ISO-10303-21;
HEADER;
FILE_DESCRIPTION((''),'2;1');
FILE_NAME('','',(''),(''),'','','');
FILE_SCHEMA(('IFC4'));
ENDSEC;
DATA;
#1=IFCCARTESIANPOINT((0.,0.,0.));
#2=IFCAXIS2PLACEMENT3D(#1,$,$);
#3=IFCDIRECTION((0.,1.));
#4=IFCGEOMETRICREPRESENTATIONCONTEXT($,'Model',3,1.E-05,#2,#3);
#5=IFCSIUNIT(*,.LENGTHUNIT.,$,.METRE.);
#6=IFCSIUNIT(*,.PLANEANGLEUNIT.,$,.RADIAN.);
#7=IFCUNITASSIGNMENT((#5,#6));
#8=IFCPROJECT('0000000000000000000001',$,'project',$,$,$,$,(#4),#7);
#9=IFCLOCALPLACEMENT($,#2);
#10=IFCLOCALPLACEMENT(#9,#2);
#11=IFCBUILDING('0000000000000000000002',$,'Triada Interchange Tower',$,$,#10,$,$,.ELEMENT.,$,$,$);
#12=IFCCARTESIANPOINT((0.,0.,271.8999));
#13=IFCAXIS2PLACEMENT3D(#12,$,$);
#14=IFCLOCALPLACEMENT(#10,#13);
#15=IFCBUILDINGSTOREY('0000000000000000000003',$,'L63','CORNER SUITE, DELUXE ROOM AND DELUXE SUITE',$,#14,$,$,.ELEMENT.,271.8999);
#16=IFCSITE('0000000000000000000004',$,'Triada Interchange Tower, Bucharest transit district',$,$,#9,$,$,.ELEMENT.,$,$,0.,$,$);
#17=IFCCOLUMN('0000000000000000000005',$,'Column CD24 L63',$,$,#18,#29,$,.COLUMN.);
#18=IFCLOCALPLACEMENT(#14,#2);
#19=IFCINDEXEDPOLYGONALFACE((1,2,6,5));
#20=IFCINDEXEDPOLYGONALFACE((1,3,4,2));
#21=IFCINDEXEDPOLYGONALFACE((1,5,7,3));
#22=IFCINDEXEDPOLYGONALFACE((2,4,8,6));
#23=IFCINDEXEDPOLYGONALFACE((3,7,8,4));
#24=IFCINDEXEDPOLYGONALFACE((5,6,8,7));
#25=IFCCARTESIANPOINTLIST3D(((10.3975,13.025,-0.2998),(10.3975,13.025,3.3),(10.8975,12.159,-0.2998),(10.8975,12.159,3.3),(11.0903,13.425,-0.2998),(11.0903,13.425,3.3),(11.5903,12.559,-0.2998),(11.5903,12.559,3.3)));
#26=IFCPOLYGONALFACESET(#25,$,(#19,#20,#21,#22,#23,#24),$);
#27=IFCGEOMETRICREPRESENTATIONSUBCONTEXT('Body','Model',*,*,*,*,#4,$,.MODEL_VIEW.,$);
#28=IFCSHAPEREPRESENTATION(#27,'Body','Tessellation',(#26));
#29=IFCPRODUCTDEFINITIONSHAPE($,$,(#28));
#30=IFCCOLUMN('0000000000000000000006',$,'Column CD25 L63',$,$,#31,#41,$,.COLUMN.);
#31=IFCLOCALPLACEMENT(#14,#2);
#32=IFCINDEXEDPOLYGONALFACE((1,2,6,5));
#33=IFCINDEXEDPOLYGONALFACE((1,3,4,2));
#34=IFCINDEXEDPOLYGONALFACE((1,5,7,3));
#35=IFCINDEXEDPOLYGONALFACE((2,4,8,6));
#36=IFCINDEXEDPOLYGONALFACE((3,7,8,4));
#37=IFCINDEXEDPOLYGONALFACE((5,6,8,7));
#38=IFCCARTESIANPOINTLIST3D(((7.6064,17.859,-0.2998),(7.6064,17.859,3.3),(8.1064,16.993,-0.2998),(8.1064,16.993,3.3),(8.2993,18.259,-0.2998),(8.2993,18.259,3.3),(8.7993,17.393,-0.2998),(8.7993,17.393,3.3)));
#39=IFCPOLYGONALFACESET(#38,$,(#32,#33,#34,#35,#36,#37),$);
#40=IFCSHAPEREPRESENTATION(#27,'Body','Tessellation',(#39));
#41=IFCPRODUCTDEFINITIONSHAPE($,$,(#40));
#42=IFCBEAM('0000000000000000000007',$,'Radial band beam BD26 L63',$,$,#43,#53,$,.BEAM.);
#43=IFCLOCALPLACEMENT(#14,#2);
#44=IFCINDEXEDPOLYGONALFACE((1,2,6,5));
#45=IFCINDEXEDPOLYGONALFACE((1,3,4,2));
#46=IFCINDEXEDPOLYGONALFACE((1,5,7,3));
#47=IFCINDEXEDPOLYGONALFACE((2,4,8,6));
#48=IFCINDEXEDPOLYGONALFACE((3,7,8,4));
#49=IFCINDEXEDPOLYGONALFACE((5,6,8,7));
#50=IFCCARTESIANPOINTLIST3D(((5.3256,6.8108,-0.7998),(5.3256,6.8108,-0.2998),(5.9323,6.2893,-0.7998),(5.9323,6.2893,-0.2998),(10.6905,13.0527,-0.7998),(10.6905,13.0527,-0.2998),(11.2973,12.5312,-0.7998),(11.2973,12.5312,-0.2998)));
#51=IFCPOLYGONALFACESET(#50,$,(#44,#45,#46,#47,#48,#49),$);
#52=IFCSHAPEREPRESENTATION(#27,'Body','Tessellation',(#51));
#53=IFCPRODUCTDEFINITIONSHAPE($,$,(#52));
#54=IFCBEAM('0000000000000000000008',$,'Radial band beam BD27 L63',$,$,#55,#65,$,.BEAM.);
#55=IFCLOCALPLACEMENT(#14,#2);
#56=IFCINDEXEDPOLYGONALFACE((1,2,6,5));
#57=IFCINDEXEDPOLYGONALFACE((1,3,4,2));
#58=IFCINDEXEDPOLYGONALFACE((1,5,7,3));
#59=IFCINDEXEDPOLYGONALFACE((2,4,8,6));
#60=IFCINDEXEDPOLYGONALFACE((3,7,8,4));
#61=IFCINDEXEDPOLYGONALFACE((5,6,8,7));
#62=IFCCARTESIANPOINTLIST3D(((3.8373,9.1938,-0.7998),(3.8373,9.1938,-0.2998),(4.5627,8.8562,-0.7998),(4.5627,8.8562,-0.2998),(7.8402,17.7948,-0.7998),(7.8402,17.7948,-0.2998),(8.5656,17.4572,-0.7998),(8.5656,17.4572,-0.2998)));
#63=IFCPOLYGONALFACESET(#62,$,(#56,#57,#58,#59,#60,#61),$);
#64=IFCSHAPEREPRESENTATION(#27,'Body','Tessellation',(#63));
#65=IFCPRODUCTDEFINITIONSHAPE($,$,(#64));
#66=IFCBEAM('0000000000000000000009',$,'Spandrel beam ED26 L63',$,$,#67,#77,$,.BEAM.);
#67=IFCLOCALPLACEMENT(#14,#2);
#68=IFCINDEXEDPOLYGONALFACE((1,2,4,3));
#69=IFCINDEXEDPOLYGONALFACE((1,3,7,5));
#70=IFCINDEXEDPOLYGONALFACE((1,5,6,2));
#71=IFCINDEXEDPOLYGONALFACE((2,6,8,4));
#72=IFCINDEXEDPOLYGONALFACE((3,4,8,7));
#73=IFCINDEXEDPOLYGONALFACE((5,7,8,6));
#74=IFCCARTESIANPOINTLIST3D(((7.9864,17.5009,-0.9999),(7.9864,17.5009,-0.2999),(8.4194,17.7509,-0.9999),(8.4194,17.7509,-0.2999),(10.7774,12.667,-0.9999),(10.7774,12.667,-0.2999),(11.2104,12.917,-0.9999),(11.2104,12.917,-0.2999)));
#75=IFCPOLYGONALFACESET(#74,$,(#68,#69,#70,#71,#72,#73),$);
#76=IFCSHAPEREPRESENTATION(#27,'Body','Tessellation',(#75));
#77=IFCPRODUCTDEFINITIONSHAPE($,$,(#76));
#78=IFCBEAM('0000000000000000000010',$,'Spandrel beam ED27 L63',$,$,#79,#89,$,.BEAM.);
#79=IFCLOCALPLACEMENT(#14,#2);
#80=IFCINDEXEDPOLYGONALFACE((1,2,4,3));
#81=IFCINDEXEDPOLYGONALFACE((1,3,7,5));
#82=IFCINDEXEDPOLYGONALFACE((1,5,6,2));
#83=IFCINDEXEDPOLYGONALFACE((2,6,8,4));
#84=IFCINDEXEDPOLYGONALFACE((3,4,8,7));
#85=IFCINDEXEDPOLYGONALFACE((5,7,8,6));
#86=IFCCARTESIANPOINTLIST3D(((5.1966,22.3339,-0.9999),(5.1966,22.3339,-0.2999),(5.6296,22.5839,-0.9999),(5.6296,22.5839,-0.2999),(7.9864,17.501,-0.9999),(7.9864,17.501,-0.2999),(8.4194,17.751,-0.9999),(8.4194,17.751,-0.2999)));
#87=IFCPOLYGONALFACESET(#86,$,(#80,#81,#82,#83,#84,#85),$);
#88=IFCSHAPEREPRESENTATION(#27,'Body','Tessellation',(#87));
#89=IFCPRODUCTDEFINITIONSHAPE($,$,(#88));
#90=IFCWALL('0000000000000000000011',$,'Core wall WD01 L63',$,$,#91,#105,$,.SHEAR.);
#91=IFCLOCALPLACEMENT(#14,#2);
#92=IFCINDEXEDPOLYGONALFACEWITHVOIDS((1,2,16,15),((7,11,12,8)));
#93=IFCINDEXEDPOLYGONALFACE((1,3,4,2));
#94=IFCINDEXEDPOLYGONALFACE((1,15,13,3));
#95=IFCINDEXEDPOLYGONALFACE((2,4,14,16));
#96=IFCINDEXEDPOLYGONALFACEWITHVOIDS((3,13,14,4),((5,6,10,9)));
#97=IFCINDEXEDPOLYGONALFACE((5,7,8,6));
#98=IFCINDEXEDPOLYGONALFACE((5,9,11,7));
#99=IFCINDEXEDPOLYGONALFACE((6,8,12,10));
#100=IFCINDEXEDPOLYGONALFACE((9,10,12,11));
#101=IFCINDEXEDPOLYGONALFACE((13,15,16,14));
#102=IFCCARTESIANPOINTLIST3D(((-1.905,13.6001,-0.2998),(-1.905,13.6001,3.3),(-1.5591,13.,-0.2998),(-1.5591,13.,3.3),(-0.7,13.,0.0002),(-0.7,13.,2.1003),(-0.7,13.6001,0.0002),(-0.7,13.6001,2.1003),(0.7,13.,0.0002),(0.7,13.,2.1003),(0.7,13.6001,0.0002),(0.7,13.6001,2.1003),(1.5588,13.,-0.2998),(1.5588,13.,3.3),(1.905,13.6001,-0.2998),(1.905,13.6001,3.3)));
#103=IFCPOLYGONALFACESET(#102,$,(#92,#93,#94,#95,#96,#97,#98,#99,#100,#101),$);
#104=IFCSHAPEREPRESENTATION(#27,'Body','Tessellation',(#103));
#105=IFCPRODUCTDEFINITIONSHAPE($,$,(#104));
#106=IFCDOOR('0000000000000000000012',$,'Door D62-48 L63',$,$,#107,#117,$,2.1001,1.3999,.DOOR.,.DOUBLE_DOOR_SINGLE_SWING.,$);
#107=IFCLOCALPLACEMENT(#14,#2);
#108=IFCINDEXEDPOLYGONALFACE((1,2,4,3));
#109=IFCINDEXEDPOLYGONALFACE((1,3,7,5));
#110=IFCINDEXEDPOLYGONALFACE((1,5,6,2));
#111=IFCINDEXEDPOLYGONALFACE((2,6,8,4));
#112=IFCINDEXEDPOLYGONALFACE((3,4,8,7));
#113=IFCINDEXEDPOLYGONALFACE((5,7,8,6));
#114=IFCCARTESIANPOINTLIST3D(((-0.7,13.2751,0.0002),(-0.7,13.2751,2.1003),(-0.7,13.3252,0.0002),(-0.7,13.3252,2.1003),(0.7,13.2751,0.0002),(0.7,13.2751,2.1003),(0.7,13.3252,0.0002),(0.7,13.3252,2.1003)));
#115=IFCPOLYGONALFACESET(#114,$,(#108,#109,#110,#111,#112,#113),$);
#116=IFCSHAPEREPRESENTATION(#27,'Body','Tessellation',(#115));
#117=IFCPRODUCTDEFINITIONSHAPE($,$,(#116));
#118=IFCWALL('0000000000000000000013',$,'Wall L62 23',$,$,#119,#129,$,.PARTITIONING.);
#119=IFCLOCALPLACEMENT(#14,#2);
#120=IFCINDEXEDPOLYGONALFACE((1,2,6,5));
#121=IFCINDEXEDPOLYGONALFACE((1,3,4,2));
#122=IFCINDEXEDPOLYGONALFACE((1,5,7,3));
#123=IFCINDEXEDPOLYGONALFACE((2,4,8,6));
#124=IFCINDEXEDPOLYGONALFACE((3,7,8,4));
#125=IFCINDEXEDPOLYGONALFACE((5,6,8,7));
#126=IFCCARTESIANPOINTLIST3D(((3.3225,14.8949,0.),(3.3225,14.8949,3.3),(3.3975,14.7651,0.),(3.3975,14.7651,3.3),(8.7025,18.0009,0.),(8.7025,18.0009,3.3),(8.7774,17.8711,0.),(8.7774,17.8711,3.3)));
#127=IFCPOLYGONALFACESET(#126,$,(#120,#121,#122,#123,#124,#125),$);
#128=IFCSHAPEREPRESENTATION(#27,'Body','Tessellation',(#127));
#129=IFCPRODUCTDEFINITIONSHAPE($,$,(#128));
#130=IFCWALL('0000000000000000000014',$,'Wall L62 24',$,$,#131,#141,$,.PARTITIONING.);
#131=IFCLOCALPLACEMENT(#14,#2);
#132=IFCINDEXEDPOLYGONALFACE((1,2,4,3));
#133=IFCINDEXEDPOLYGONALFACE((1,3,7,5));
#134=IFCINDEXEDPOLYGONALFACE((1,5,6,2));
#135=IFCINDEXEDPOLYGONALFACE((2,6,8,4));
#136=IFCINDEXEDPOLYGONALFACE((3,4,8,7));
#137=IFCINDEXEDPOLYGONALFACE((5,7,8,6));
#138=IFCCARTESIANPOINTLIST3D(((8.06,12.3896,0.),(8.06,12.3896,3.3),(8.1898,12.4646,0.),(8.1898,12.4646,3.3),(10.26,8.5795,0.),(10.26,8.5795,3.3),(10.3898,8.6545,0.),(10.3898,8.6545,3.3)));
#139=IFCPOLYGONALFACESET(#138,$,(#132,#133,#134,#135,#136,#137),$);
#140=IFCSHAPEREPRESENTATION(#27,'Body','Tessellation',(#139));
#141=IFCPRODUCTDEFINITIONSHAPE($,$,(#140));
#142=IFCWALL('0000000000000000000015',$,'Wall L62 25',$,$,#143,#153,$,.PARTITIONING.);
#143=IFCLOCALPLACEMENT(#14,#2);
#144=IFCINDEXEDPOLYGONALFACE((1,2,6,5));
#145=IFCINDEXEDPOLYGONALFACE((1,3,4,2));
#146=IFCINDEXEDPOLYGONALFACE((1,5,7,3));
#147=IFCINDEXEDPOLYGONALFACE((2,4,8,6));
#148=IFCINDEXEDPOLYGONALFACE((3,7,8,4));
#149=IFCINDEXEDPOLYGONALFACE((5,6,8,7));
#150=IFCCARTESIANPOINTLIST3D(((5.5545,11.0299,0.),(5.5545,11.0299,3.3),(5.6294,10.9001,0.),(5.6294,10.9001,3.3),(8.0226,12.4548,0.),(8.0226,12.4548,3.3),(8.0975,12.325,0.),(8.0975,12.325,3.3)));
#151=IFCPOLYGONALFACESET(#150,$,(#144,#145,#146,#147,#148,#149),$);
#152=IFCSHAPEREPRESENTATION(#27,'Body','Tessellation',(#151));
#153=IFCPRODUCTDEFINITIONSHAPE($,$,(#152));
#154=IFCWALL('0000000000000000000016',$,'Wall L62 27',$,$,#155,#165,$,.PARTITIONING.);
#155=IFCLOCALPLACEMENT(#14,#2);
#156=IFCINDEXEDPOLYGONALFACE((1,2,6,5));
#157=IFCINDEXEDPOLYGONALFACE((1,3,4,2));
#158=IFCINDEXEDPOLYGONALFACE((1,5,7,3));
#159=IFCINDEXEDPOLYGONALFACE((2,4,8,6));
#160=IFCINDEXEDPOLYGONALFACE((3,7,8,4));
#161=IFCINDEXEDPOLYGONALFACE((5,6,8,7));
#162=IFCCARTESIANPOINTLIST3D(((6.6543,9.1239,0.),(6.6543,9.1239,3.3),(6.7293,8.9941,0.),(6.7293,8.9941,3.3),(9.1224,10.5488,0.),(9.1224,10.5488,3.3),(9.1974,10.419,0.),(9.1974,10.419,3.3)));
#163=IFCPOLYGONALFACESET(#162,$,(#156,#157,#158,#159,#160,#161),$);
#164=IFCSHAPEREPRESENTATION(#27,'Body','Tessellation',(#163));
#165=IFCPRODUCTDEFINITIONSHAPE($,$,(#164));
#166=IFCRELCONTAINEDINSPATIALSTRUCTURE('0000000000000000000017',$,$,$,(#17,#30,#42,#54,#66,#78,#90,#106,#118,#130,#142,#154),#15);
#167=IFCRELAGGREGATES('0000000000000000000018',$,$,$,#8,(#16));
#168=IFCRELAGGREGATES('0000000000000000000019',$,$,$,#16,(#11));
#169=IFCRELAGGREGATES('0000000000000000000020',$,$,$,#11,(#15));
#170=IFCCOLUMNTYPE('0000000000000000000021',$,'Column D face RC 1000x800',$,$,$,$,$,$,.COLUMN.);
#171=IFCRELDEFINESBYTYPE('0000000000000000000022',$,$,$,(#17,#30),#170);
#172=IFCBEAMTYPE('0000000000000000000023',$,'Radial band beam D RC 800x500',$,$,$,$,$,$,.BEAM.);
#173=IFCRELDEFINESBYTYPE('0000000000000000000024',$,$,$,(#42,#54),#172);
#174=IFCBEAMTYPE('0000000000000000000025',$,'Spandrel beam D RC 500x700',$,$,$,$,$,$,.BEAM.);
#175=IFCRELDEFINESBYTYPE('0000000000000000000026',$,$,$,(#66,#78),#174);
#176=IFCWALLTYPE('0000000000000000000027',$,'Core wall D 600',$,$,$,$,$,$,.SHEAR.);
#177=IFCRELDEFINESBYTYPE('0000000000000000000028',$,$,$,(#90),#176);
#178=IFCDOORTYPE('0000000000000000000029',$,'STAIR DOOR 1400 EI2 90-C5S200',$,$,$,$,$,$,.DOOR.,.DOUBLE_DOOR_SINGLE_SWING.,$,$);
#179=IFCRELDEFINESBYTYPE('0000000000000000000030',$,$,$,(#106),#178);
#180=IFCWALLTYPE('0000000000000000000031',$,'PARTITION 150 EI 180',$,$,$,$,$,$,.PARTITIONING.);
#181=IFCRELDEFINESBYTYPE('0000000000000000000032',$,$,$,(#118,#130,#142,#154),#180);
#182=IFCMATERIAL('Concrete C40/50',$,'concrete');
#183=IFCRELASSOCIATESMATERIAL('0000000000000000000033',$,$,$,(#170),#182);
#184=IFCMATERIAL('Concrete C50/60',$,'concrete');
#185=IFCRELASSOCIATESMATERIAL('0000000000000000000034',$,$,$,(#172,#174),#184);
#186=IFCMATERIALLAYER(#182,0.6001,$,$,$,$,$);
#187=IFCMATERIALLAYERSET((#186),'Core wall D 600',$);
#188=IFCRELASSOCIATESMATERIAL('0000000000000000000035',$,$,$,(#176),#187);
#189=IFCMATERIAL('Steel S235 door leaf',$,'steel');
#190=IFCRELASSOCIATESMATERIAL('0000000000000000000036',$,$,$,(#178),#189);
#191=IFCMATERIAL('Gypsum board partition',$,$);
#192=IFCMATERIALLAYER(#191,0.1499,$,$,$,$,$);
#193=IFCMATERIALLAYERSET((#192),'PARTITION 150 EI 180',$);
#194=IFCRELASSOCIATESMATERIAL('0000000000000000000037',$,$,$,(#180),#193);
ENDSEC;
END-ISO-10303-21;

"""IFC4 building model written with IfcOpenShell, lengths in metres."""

from ifc_helpers import new_model, si_unit, direction, frame, frame_2d, origin, origin_2d, place, context, subcontext, project, spatial, polyline, rectangle, outline, extrude, material, layer, layer_set, material_profile, profile_set, type_object, element, fill, save


model = new_model("IFC4")

# Units and contexts
model_context = context("Model", 3, precision=1e-05, world=origin(), true_north=direction((0.0, 1.0)))
body_context = subcontext(model_context, "Body", "Model", "MODEL_VIEW")
ifc_project = project(units=[si_unit("LENGTHUNIT", "METRE"), si_unit("PLANEANGLEUNIT", "RADIAN")], contexts=[model_context])

# Site, building, storey
site_placement = place(None, origin())
site = spatial("IfcSite", under=ifc_project, at=site_placement, Name="Triada Interchange Tower, Bucharest transit district", CompositionType="ELEMENT", RefElevation=0.0)
building_placement = place(site_placement, origin())
building = spatial("IfcBuilding", under=site, at=building_placement, Name="Triada Interchange Tower", CompositionType="ELEMENT")
storey_placement = place(building_placement, frame((0.0, 0.0, 271.8999)))
storey = spatial("IfcBuildingStorey", under=building, at=storey_placement, Name="L63", Description="CORNER SUITE, DELUXE ROOM AND DELUXE SUITE", CompositionType="ELEMENT", Elevation=271.8999)

# Columns
ifc_material_1 = material(Name="Concrete C40/50", Category="concrete")
ifc_material_profile_1 = material_profile(ifc_material_1, rectangle(XDim=1.0, YDim=0.8, at=origin_2d()), Name="RC 1000x800")
ifc_profile_set_1 = profile_set([ifc_material_profile_1], Name="Concrete C40/50")
column_type = type_object("IfcColumnType", Name="Column D face RC 1000x800", PredefinedType="COLUMN", material=ifc_profile_set_1)
for number, where, z_axis, x_axis, name in (
    (1, (10.9939, 12.792, -0.2998), (0.0, 0.0, 1.0), (-0.5, 0.866025, 0.0), "Column CD24 L63"),
    (2, (8.2029, 17.626, -0.2998), (0.0, 0.0, 1.0), (-0.5, 0.866025, 0.0), "Column CD25 L63"),
):
    element("IfcColumn", number, at=place(storey_placement, frame(where, z_axis=z_axis, x_axis=x_axis)), inside=storey, type_object=column_type, Name=name, PredefinedType="COLUMN", context=body_context, shape_type="SweptSolid", body=[
        extrude(rectangle(XDim=1.0, YDim=0.8, at=origin_2d()), origin(), (0.0, 0.0, 1.0), 3.5999),
    ])

# Beams
ifc_material_2 = material(Name="Concrete C50/60", Category="concrete")
ifc_material_profile_2 = material_profile(ifc_material_2, rectangle(XDim=0.8, YDim=0.5, at=origin_2d()), Name="RC 800x500")
ifc_profile_set_2 = profile_set([ifc_material_profile_2], Name="Concrete C50/60")
beam_type_1 = type_object("IfcBeamType", Name="Radial band beam D RC 800x500", PredefinedType="BEAM", material=ifc_profile_set_2)
beam_1_placement = place(storey_placement, frame((10.9939, 12.792, -0.5498), z_axis=(-0.651824, -0.75837, 0.0), x_axis=(0.75837, -0.651824, 0.0)))
element("IfcBeam", 3, at=beam_1_placement, inside=storey, type_object=beam_type_1, Name="Radial band beam BD26 L63", PredefinedType="BEAM", context=body_context, shape_type="SweptSolid", body=[
    extrude(rectangle(XDim=0.8, YDim=0.5, at=origin_2d()), origin(), (0.0, 0.0, 1.0), 8.2307),
])
beam_2_placement = place(storey_placement, frame((8.2029, 17.626, -0.5498), z_axis=(-0.421941, -0.906623, 0.0), x_axis=(0.906623, -0.421941, 0.0)))
element("IfcBeam", 4, at=beam_2_placement, inside=storey, type_object=beam_type_1, Name="Radial band beam BD27 L63", PredefinedType="BEAM", context=body_context, shape_type="SweptSolid", body=[
    extrude(rectangle(XDim=0.8, YDim=0.5, at=origin_2d()), origin(), (0.0, 0.0, 1.0), 9.4868),
])
ifc_material_profile_3 = material_profile(ifc_material_2, rectangle(XDim=0.5, YDim=0.7, at=origin_2d()), Name="RC 500x700")
ifc_profile_set_3 = profile_set([ifc_material_profile_3], Name="Concrete C50/60")
beam_type_2 = type_object("IfcBeamType", Name="Spandrel beam D RC 500x700", PredefinedType="BEAM", material=ifc_profile_set_3)
beam_3_placement = place(storey_placement, frame((10.9939, 12.792, -0.6499), z_axis=(-0.500015, 0.866017, 0.0), x_axis=(-0.866017, -0.500015, 0.0)))
element("IfcBeam", 5, at=beam_3_placement, inside=storey, type_object=beam_type_2, Name="Spandrel beam ED26 L63", PredefinedType="BEAM", context=body_context, shape_type="SweptSolid", body=[
    extrude(rectangle(XDim=0.5, YDim=0.7, at=origin_2d()), origin(), (0.0, 0.0, 1.0), 5.5818),
])
beam_4_placement = place(storey_placement, frame((8.2029, 17.626, -0.6499), z_axis=(-0.499927, 0.866068, 0.0), x_axis=(-0.866068, -0.499927, 0.0)))
element("IfcBeam", 6, at=beam_4_placement, inside=storey, type_object=beam_type_2, Name="Spandrel beam ED27 L63", PredefinedType="BEAM", context=body_context, shape_type="SweptSolid", body=[
    extrude(rectangle(XDim=0.5, YDim=0.7, at=origin_2d()), origin(), (0.0, 0.0, 1.0), 5.5803),
])

# Wall, opening, door
ifc_layer_1 = layer(ifc_material_1, 0.6001)
ifc_layer_set_1 = layer_set([ifc_layer_1], Name="Core wall D 600")
wall_type_1 = type_object("IfcWallType", Name="Core wall D 600", PredefinedType="SHEAR", material=ifc_layer_set_1)
wall_1_placement = place(storey_placement, frame((1.7319, 13.3, -0.2998), z_axis=(0.0, 0.0, 1.0), x_axis=(-1.0, 0.0, 0.0)))
wall_1 = element("IfcWall", 7, at=wall_1_placement, inside=storey, type_object=wall_type_1, Name="Core wall WD01 L63", PredefinedType="SHEAR", context=body_context, shape_type="SweptSolid", body=[
    extrude(outline(polyline([(-0.1731, -0.3), (1.7319, -0.3), (3.637, -0.3), (3.291, 0.3), (1.7319, 0.3), (0.1731, 0.3), (-0.1731, -0.3)])), origin(), (0.0, 0.0, 1.0), 3.5999),
])
opening_1_placement = place(wall_1_placement, frame((1.032, 0.0, 0.3)))
opening_1 = element("IfcOpeningElement", 8, at=opening_1_placement, cuts=wall_1, PredefinedType="OPENING", context=body_context, shape_type="SweptSolid", body=[
    extrude(rectangle(XDim=1.3999, YDim=2.1001, at=frame_2d((0.7, 1.05))), frame((0.0, 0.3101, 0.0), z_axis=(0.0, -1.0, 0.0), x_axis=(1.0, 0.0, 0.0)), (0.0, 0.0, 1.0), 0.6201),
])
ifc_material_3 = material(Name="Steel S235 door leaf", Category="steel")
door_type_1 = type_object("IfcDoorType", Name="STAIR DOOR 1400 EI2 90-C5S200", OperationType="DOUBLE_DOOR_SINGLE_SWING", PredefinedType="DOOR", material=ifc_material_3)
door_1_placement = place(opening_1_placement, origin())
door_1 = element("IfcDoor", 9, at=door_1_placement, inside=storey, type_object=door_type_1, Name="Door D62-48 L63", OperationType="DOUBLE_DOOR_SINGLE_SWING", OverallHeight=2.1001, OverallWidth=1.3999, PredefinedType="DOOR", context=body_context, shape_type="SweptSolid", body=[
    extrude(rectangle(XDim=1.3999, YDim=2.1001, at=frame_2d((0.7, 1.05))), frame((0.0, 0.0249, 0.0), z_axis=(0.0, -1.0, 0.0), x_axis=(1.0, 0.0, 0.0)), (0.0, 0.0, 1.0), 0.05),
])
fill(opening_1, door_1)

# Walls
ifc_material_4 = material(Name="Gypsum board partition")
ifc_layer_2 = layer(ifc_material_4, 0.1499)
ifc_layer_set_2 = layer_set([ifc_layer_2], Name="PARTITION 150 EI 180")
wall_type_2 = type_object("IfcWallType", Name="PARTITION 150 EI 180", PredefinedType="PARTITIONING", material=ifc_layer_set_2)
wall_2_placement = place(storey_placement, frame((3.3601, 14.8301, 0.0), z_axis=(0.0, 0.0, 1.0), x_axis=(0.866034, 0.499986, 0.0)))
element("IfcWall", 10, at=wall_2_placement, inside=storey, type_object=wall_type_2, Name="Wall L62 23", PredefinedType="PARTITIONING", context=body_context, shape_type="SweptSolid", body=[
    extrude(rectangle(XDim=6.2122, YDim=0.1499, at=frame_2d((3.106, 0.0))), origin(), (0.0, 0.0, 1.0), 3.3),
])
wall_3_placement = place(storey_placement, frame((8.125, 12.427, 0.0), z_axis=(0.0, 0.0, 1.0), x_axis=(0.500036, -0.866004, 0.0)))
element("IfcWall", 11, at=wall_3_placement, inside=storey, type_object=wall_type_2, Name="Wall L62 24", PredefinedType="PARTITIONING", context=body_context, shape_type="SweptSolid", body=[
    extrude(rectangle(XDim=4.3997, YDim=0.1499, at=frame_2d((2.1997, 0.0))), origin(), (0.0, 0.0, 1.0), 3.3),
])
for number, where, z_axis, x_axis, name in (
    (12, (5.592, 10.9651, 0.0), (0.0, 0.0, 1.0), (0.866041, 0.499972, 0.0), "Wall L62 25"),
    (13, (6.6919, 9.0591, 0.0), (0.0, 0.0, 1.0), (0.866041, 0.499972, 0.0), "Wall L62 27"),
):
    element("IfcWall", number, at=place(storey_placement, frame(where, z_axis=z_axis, x_axis=x_axis)), inside=storey, type_object=wall_type_2, Name=name, PredefinedType="PARTITIONING", context=body_context, shape_type="SweptSolid", body=[
        extrude(rectangle(XDim=2.8499, YDim=0.1499, at=frame_2d((1.4248, 0.0))), origin(), (0.0, 0.0, 1.0), 3.3),
    ])

save(model, "model.ifc")
